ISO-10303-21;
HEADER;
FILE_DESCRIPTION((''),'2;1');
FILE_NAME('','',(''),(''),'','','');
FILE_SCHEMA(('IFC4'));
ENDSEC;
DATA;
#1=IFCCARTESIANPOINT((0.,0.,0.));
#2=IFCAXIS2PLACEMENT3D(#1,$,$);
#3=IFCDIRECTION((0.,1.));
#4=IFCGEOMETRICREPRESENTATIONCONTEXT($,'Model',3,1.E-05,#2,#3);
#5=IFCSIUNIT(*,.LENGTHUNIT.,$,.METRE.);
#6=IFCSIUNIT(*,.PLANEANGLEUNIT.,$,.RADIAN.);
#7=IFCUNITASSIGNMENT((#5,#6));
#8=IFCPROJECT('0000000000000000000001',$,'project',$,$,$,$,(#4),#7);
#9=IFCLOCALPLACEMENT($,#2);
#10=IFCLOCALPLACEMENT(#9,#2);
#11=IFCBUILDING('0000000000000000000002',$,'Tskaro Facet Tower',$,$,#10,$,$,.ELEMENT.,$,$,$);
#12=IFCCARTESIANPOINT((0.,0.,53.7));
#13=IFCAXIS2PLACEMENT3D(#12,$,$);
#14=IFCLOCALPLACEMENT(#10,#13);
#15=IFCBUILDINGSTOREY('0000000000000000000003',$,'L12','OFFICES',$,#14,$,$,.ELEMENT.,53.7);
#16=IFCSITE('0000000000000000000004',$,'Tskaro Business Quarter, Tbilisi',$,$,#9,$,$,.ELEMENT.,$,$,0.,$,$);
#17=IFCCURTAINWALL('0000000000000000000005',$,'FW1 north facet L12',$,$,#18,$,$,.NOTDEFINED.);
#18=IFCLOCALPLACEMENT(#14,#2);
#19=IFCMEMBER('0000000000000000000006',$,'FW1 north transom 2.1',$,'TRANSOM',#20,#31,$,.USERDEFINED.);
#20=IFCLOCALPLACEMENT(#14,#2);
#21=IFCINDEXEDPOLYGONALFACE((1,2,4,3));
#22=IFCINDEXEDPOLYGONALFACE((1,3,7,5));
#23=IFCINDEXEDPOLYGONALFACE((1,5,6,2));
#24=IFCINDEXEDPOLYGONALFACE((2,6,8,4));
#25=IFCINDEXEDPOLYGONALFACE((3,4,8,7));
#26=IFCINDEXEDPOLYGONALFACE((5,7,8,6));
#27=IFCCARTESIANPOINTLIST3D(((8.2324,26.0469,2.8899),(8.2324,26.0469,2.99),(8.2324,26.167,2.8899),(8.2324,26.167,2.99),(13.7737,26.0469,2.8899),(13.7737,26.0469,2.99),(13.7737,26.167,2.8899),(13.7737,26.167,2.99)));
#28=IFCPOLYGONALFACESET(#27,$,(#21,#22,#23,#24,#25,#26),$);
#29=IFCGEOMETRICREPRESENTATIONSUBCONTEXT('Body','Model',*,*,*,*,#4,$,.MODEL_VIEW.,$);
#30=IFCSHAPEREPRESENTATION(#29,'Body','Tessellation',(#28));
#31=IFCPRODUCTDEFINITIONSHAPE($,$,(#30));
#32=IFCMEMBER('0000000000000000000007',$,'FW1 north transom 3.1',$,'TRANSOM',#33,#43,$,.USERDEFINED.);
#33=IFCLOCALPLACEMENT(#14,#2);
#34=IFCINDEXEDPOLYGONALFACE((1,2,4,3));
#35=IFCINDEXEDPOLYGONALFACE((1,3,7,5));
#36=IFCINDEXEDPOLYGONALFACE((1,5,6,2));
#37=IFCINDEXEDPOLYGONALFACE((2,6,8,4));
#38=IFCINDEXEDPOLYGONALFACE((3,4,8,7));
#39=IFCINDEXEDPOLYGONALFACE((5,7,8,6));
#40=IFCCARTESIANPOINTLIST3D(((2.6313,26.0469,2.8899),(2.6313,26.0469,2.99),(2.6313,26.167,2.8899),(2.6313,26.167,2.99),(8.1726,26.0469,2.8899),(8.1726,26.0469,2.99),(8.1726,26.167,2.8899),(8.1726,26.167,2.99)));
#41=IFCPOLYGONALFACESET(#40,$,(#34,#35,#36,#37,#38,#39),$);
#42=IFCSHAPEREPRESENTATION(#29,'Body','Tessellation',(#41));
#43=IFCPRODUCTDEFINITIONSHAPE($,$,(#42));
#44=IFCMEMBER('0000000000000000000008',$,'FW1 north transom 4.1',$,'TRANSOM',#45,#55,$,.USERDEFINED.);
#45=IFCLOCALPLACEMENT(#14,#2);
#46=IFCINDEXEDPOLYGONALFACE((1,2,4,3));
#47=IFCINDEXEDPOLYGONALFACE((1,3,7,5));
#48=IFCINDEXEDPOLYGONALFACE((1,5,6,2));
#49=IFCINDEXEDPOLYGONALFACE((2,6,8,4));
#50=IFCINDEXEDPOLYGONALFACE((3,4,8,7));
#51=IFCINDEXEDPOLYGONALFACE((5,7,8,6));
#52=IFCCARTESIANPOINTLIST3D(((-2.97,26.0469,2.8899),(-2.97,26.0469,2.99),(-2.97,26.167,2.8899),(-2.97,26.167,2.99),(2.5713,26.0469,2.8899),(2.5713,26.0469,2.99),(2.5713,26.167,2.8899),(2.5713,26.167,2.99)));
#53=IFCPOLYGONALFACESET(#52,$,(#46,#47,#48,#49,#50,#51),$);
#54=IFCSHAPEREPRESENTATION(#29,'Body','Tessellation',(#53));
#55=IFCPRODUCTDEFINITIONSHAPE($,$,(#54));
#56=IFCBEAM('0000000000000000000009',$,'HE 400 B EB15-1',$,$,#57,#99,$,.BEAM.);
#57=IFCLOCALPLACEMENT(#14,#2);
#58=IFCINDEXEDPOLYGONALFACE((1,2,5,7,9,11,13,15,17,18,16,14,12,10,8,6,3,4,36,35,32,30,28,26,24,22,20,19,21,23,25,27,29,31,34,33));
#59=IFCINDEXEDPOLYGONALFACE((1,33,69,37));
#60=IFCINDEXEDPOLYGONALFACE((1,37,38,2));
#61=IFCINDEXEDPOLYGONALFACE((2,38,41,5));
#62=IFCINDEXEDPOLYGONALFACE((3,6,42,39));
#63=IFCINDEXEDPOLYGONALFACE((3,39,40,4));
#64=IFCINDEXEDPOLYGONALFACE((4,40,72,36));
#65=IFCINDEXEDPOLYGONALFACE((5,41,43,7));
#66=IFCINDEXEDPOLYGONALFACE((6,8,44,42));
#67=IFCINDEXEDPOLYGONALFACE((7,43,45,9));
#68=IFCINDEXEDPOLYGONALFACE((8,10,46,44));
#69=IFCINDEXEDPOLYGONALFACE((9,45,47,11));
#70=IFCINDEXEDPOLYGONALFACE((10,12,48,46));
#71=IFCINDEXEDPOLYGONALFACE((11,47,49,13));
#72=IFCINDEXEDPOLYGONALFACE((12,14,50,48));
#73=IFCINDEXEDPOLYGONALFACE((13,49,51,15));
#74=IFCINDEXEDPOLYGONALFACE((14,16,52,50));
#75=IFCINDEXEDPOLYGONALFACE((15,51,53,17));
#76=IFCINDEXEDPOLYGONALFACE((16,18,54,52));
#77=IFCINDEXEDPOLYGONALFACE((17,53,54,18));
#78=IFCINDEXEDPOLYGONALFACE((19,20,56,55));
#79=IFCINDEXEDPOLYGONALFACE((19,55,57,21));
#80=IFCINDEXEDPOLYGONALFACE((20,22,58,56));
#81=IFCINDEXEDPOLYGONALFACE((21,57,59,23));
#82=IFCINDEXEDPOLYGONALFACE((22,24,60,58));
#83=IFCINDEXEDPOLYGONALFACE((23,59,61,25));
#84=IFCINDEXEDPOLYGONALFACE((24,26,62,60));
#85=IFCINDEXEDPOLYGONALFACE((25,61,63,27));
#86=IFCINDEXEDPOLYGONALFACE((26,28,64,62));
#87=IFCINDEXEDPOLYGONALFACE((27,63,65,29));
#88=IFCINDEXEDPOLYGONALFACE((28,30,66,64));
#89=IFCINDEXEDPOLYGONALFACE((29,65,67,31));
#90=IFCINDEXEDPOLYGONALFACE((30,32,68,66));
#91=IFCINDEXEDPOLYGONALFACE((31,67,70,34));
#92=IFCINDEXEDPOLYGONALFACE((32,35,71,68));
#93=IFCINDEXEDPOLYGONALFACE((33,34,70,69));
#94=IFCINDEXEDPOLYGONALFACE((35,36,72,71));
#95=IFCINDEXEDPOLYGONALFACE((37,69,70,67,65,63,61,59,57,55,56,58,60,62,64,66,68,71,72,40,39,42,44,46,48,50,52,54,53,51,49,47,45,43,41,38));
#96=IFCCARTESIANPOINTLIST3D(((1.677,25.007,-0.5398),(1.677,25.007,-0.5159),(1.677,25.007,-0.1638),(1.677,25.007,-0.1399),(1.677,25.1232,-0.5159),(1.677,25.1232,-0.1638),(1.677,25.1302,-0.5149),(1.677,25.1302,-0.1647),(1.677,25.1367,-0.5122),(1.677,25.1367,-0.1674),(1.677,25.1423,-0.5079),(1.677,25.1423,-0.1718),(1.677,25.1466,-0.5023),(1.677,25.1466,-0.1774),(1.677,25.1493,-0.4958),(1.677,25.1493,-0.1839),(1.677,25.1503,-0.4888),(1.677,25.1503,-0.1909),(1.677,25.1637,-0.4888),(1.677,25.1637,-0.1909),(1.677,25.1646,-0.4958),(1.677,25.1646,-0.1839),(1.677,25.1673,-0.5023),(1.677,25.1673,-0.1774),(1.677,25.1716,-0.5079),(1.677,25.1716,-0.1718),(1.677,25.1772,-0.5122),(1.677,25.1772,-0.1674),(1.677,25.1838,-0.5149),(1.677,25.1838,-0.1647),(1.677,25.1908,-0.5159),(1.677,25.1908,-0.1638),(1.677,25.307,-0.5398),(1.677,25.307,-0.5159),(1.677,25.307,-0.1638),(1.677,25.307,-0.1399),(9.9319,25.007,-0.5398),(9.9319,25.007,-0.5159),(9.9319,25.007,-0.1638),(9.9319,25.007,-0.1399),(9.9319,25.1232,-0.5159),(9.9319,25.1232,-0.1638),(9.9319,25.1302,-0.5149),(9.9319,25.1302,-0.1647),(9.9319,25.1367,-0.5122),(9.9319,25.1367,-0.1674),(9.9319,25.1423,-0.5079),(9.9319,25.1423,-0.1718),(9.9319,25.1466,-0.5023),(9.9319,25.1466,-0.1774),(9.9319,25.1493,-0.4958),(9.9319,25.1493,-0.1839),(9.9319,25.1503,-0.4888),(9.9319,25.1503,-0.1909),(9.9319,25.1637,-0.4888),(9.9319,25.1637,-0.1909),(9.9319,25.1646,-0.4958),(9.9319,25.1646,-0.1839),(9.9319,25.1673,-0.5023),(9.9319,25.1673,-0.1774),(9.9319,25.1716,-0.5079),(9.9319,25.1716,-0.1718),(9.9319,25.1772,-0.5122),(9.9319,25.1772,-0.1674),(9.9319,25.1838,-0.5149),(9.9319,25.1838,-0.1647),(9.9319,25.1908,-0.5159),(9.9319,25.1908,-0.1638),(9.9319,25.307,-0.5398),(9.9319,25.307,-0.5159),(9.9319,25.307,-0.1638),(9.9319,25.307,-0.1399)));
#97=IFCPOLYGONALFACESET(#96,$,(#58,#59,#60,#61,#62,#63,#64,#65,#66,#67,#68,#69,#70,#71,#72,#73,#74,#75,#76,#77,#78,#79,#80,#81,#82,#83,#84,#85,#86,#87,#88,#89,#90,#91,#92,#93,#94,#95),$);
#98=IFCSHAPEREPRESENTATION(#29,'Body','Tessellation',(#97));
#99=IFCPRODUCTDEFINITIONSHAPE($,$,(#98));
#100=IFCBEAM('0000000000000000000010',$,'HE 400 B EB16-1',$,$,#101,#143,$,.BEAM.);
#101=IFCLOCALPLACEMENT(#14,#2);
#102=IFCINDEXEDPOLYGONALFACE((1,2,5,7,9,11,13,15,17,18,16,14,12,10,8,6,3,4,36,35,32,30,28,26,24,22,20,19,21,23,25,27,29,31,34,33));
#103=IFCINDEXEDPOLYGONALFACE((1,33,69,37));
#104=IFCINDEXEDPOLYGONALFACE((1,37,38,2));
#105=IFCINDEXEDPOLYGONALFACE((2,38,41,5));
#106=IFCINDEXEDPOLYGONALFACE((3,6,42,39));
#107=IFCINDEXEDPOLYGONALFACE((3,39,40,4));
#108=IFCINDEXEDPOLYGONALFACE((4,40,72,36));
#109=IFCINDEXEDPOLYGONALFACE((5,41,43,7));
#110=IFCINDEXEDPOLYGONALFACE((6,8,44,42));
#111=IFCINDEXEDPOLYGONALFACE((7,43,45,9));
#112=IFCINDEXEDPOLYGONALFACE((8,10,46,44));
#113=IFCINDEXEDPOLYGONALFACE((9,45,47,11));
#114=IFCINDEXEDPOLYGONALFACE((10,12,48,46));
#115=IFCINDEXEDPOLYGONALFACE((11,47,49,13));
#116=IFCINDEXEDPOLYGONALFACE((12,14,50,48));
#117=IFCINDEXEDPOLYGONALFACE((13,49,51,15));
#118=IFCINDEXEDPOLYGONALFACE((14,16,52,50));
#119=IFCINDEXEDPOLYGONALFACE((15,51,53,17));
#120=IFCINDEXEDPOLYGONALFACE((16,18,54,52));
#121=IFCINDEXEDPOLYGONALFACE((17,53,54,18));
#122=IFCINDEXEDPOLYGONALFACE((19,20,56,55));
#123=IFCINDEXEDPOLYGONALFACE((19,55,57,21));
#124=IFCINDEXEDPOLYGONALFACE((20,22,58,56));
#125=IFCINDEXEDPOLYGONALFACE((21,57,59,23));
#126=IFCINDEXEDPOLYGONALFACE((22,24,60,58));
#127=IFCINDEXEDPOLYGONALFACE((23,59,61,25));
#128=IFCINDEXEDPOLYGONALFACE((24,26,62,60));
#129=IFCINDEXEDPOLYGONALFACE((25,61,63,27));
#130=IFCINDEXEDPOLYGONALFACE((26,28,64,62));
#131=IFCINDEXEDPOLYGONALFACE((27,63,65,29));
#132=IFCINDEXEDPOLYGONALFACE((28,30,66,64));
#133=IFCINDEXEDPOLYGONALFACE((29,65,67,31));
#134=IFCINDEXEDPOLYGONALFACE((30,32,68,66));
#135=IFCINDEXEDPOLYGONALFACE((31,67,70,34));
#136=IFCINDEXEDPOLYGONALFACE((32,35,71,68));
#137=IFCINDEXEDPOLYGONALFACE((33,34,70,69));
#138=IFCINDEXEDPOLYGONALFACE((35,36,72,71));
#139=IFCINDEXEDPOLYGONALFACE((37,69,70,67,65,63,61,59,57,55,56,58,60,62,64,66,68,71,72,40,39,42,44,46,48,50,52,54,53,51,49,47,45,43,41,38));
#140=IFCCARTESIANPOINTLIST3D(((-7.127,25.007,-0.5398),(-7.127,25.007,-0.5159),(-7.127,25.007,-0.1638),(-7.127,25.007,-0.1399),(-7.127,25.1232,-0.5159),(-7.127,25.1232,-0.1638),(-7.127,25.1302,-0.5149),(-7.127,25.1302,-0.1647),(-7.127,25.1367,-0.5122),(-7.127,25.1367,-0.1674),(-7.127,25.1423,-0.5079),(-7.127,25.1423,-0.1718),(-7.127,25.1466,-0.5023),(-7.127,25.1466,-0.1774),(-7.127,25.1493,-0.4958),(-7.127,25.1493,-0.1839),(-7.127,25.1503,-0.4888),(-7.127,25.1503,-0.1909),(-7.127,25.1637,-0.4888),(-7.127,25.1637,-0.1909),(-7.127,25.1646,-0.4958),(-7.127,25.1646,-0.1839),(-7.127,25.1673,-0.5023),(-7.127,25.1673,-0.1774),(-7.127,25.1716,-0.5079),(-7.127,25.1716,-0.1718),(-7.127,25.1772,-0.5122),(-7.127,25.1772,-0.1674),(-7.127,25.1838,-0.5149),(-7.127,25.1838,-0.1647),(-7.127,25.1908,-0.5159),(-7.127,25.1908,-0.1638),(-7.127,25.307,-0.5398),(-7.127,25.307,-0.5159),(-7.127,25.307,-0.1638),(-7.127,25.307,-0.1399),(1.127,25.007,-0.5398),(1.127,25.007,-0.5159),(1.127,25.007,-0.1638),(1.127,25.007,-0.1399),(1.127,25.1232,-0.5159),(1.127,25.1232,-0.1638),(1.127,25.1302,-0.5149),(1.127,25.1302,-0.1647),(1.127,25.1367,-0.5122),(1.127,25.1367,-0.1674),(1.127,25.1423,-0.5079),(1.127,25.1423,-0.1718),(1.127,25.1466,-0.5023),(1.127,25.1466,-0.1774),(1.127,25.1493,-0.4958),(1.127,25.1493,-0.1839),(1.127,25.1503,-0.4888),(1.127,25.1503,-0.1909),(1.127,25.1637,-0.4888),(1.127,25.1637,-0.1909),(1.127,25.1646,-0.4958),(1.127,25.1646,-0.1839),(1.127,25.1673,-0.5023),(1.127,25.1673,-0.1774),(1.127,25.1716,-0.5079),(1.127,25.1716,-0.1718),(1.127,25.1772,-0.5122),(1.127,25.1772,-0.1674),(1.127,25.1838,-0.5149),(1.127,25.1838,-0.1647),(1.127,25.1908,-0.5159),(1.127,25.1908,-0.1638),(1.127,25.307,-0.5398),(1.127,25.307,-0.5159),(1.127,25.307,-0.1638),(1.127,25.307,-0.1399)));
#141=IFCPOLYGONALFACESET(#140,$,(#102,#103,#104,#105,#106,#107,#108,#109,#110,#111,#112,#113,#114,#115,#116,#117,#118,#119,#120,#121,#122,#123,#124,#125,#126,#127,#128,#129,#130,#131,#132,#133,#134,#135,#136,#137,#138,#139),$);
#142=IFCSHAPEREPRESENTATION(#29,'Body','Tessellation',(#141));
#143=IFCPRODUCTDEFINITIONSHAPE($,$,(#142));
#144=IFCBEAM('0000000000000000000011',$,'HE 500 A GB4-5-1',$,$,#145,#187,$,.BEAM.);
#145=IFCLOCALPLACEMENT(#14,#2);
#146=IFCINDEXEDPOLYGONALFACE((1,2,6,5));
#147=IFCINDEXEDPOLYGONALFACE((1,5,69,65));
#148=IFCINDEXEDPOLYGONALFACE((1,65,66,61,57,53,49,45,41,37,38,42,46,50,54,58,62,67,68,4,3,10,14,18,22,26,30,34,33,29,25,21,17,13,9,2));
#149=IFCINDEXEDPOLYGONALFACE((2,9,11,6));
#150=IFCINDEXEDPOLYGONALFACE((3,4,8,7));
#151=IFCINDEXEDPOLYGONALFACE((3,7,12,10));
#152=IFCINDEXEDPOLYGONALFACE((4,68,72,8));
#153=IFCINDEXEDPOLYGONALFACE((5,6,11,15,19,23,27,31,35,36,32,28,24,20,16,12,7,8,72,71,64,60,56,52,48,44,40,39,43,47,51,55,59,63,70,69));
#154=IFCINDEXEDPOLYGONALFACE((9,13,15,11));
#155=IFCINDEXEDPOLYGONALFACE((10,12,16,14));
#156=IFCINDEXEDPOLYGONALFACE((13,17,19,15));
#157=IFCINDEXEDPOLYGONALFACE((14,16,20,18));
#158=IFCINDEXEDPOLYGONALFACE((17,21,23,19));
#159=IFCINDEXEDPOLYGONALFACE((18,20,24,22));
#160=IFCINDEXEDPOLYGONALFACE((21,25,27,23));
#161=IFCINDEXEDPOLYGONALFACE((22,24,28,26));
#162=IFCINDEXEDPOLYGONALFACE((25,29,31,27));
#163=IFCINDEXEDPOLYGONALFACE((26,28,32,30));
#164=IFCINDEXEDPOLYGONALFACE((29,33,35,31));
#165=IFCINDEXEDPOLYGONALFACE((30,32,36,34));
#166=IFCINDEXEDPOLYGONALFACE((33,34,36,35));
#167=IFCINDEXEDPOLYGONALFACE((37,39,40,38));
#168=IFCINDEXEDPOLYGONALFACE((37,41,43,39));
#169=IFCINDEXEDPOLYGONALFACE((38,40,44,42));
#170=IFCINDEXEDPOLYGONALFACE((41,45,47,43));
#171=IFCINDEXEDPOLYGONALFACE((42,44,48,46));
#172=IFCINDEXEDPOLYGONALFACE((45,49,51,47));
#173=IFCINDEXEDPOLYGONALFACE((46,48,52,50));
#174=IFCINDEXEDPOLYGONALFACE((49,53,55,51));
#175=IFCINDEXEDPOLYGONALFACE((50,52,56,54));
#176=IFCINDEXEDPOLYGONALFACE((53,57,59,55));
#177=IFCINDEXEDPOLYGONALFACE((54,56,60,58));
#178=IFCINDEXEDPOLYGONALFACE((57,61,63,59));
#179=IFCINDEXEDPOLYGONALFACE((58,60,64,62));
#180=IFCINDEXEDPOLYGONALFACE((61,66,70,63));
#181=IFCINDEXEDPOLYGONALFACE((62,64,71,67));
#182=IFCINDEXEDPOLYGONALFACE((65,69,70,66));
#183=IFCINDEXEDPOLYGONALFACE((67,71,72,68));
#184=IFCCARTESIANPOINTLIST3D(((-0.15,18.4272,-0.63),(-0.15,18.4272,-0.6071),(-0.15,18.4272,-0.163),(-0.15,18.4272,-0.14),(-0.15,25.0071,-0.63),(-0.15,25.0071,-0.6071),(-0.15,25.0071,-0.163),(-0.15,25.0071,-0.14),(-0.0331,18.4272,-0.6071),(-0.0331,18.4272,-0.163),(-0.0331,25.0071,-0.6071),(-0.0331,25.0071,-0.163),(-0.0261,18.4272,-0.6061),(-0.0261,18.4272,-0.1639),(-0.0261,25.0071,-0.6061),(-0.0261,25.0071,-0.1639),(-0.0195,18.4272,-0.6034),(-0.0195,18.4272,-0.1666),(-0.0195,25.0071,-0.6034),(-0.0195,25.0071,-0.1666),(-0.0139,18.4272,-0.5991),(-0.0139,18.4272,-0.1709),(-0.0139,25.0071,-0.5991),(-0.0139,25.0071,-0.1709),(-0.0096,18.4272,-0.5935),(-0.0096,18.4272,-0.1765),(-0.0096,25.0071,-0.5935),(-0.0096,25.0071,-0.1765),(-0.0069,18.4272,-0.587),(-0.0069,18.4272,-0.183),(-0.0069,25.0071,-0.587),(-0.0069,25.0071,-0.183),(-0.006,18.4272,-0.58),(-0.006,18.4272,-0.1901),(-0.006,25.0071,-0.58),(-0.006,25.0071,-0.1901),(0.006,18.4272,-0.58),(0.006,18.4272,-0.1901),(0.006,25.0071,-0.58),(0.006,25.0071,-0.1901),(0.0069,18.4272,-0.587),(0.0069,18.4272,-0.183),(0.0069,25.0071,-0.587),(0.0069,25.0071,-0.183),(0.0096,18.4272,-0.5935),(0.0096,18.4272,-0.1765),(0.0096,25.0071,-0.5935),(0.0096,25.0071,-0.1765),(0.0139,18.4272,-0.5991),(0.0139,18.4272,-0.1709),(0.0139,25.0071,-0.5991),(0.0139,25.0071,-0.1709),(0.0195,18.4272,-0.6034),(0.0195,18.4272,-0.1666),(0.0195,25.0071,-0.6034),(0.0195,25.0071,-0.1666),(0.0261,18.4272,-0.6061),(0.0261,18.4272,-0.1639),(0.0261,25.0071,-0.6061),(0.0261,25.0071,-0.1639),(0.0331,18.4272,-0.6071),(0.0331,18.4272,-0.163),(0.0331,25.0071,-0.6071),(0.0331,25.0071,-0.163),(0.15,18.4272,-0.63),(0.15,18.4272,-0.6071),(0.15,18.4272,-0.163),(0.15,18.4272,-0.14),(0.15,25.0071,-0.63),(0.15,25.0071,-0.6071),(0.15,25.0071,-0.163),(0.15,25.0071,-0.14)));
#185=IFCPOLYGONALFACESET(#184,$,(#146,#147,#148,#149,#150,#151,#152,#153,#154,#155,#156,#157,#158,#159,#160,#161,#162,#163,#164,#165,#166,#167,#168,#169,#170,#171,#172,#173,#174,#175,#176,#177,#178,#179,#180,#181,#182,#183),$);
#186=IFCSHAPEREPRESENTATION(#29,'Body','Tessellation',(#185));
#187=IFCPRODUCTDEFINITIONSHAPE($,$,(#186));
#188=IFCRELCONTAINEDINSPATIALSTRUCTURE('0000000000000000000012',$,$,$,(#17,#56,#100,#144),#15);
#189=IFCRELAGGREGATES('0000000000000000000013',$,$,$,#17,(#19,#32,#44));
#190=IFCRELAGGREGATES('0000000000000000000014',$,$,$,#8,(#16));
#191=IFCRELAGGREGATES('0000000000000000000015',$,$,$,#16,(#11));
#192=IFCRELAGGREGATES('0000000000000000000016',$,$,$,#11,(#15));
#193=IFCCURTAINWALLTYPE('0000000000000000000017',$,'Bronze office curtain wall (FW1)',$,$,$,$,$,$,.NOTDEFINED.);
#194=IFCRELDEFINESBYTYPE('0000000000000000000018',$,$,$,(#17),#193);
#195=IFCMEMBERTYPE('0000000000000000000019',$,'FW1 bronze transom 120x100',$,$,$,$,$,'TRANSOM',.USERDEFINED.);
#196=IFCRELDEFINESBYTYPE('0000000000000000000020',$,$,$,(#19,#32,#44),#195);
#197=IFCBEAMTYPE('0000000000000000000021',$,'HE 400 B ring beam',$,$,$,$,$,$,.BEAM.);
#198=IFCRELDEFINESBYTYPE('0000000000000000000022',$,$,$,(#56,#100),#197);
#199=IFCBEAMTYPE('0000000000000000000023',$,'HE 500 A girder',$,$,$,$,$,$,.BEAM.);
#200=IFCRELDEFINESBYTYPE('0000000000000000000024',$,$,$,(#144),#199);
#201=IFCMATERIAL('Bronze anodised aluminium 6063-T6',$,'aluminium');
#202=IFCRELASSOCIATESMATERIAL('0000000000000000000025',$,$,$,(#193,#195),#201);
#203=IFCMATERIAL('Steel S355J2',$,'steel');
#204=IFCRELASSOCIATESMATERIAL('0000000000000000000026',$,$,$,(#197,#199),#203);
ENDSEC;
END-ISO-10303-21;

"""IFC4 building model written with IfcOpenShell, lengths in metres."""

from ifc_helpers import new_model, si_unit, direction, frame, origin, origin_2d, place, context, subcontext, project, spatial, rectangle, i_section, extrude, material, material_profile, profile_set, type_object, element, aggregate, save


model = new_model("IFC4")

# Units and contexts
model_context = context("Model", 3, precision=1e-05, world=origin(), true_north=direction((0.0, 1.0)))
body_context = subcontext(model_context, "Body", "Model", "MODEL_VIEW")
ifc_project = project(units=[si_unit("LENGTHUNIT", "METRE"), si_unit("PLANEANGLEUNIT", "RADIAN")], contexts=[model_context])

# Site, building, storey
site_placement = place(None, origin())
site = spatial("IfcSite", under=ifc_project, at=site_placement, Name="Tskaro Business Quarter, Tbilisi", CompositionType="ELEMENT", RefElevation=0.0)
building_placement = place(site_placement, origin())
building = spatial("IfcBuilding", under=site, at=building_placement, Name="Tskaro Facet Tower", CompositionType="ELEMENT")
storey_placement = place(building_placement, frame((0.0, 0.0, 53.7)))
storey = spatial("IfcBuildingStorey", under=building, at=storey_placement, Name="L12", Description="OFFICES", CompositionType="ELEMENT", Elevation=53.7)

# Curtain wall, members
ifc_material_1 = material(Name="Bronze anodised aluminium 6063-T6", Category="aluminium")
curtain_wall_type = type_object("IfcCurtainWallType", Name="Bronze office curtain wall (FW1)", PredefinedType="NOTDEFINED", material=ifc_material_1)
curtain_wall_placement = place(storey_placement, origin())
curtain_wall = element("IfcCurtainWall", 1, at=curtain_wall_placement, inside=storey, type_object=curtain_wall_type, Name="FW1 north facet L12", PredefinedType="NOTDEFINED")
ifc_material_profile_1 = material_profile(ifc_material_1, rectangle(XDim=0.1201, YDim=0.1001, at=origin_2d()), Name="Transom 120x100")
ifc_profile_set_1 = profile_set([ifc_material_profile_1], Name="Bronze anodised aluminium 6063-T6")
member_type_1 = type_object("IfcMemberType", Name="FW1 bronze transom 120x100", ElementType="TRANSOM", PredefinedType="USERDEFINED", material=ifc_profile_set_1)
member_1_placement = place(storey_placement, frame((13.7737, 26.1069, 2.9399), z_axis=(-1.0, 0.0, 0.0), x_axis=(0.0, -1.0, 0.0)))
member_1 = element("IfcMember", 2, at=member_1_placement, type_object=member_type_1, Name="FW1 north transom 2.1", ObjectType="TRANSOM", PredefinedType="USERDEFINED", context=body_context, shape_type="SweptSolid", body=[
    extrude(rectangle(XDim=0.1201, YDim=0.1001, at=origin_2d()), origin(), (0.0, 0.0, 1.0), 5.5413),
])
member_2_placement = place(storey_placement, frame((8.1726, 26.1069, 2.9399), z_axis=(-1.0, 0.0, 0.0), x_axis=(0.0, -1.0, 0.0)))
member_2 = element("IfcMember", 3, at=member_2_placement, type_object=member_type_1, Name="FW1 north transom 3.1", ObjectType="TRANSOM", PredefinedType="USERDEFINED", context=body_context, shape_type="SweptSolid", body=[
    extrude(rectangle(XDim=0.1201, YDim=0.1001, at=origin_2d()), origin(), (0.0, 0.0, 1.0), 5.5413),
])
member_3_placement = place(storey_placement, frame((2.5713, 26.1069, 2.9399), z_axis=(-1.0, 0.0, 0.0), x_axis=(0.0, -1.0, 0.0)))
member_3 = element("IfcMember", 4, at=member_3_placement, type_object=member_type_1, Name="FW1 north transom 4.1", ObjectType="TRANSOM", PredefinedType="USERDEFINED", context=body_context, shape_type="SweptSolid", body=[
    extrude(rectangle(XDim=0.1201, YDim=0.1001, at=origin_2d()), origin(), (0.0, 0.0, 1.0), 5.5413),
])

# Beams
ifc_material_2 = material(Name="Steel S355J2", Category="steel")
ifc_material_profile_2 = material_profile(ifc_material_2, i_section(OverallWidth=0.3, OverallDepth=0.3999, WebThickness=0.0134, FlangeThickness=0.0239, FilletRadius=0.0271, at=origin_2d()), Name="HE 400 B")
ifc_profile_set_2 = profile_set([ifc_material_profile_2], Name="Steel S355J2")
beam_type_1 = type_object("IfcBeamType", Name="HE 400 B ring beam", PredefinedType="BEAM", material=ifc_profile_set_2)
beam_1_placement = place(storey_placement, frame((9.9319, 25.157, -0.3398), z_axis=(-1.0, 0.0, 0.0), x_axis=(0.0, -1.0, 0.0)))
element("IfcBeam", 5, at=beam_1_placement, inside=storey, type_object=beam_type_1, Name="HE 400 B EB15-1", PredefinedType="BEAM", context=body_context, shape_type="SweptSolid", body=[
    extrude(i_section(OverallWidth=0.3, OverallDepth=0.3999, WebThickness=0.0134, FlangeThickness=0.0239, FilletRadius=0.0271, at=origin_2d()), origin(), (0.0, 0.0, 1.0), 8.2549),
])
beam_2_placement = place(storey_placement, frame((1.127, 25.157, -0.3398), z_axis=(-1.0, 0.0, 0.0), x_axis=(0.0, -1.0, 0.0)))
element("IfcBeam", 6, at=beam_2_placement, inside=storey, type_object=beam_type_1, Name="HE 400 B EB16-1", PredefinedType="BEAM", context=body_context, shape_type="SweptSolid", body=[
    extrude(i_section(OverallWidth=0.3, OverallDepth=0.3999, WebThickness=0.0134, FlangeThickness=0.0239, FilletRadius=0.0271, at=origin_2d()), origin(), (0.0, 0.0, 1.0), 8.2539),
])
ifc_material_profile_3 = material_profile(ifc_material_2, i_section(OverallWidth=0.3, OverallDepth=0.49, WebThickness=0.012, FlangeThickness=0.0229, FilletRadius=0.0271, at=origin_2d()), Name="HE 500 A")
ifc_profile_set_3 = profile_set([ifc_material_profile_3], Name="Steel S355J2")
beam_type_2 = type_object("IfcBeamType", Name="HE 500 A girder", PredefinedType="BEAM", material=ifc_profile_set_3)
for number, where, z_axis, x_axis, name in (
    (7, (0.0, 18.4272, -0.385), (0.0, 1.0, 0.0), (-1.0, 0.0, 0.0), "HE 500 A GB4-5-1"),
):
    element("IfcBeam", number, at=place(storey_placement, frame(where, z_axis=z_axis, x_axis=x_axis)), inside=storey, type_object=beam_type_2, Name=name, PredefinedType="BEAM", context=body_context, shape_type="SweptSolid", body=[
        extrude(i_section(OverallWidth=0.3, OverallDepth=0.49, WebThickness=0.012, FlangeThickness=0.0229, FilletRadius=0.0271, at=origin_2d()), origin(), (0.0, 0.0, 1.0), 6.5798),
    ])

aggregate(curtain_wall, [member_1, member_2, member_3])

save(model, "model.ifc")
